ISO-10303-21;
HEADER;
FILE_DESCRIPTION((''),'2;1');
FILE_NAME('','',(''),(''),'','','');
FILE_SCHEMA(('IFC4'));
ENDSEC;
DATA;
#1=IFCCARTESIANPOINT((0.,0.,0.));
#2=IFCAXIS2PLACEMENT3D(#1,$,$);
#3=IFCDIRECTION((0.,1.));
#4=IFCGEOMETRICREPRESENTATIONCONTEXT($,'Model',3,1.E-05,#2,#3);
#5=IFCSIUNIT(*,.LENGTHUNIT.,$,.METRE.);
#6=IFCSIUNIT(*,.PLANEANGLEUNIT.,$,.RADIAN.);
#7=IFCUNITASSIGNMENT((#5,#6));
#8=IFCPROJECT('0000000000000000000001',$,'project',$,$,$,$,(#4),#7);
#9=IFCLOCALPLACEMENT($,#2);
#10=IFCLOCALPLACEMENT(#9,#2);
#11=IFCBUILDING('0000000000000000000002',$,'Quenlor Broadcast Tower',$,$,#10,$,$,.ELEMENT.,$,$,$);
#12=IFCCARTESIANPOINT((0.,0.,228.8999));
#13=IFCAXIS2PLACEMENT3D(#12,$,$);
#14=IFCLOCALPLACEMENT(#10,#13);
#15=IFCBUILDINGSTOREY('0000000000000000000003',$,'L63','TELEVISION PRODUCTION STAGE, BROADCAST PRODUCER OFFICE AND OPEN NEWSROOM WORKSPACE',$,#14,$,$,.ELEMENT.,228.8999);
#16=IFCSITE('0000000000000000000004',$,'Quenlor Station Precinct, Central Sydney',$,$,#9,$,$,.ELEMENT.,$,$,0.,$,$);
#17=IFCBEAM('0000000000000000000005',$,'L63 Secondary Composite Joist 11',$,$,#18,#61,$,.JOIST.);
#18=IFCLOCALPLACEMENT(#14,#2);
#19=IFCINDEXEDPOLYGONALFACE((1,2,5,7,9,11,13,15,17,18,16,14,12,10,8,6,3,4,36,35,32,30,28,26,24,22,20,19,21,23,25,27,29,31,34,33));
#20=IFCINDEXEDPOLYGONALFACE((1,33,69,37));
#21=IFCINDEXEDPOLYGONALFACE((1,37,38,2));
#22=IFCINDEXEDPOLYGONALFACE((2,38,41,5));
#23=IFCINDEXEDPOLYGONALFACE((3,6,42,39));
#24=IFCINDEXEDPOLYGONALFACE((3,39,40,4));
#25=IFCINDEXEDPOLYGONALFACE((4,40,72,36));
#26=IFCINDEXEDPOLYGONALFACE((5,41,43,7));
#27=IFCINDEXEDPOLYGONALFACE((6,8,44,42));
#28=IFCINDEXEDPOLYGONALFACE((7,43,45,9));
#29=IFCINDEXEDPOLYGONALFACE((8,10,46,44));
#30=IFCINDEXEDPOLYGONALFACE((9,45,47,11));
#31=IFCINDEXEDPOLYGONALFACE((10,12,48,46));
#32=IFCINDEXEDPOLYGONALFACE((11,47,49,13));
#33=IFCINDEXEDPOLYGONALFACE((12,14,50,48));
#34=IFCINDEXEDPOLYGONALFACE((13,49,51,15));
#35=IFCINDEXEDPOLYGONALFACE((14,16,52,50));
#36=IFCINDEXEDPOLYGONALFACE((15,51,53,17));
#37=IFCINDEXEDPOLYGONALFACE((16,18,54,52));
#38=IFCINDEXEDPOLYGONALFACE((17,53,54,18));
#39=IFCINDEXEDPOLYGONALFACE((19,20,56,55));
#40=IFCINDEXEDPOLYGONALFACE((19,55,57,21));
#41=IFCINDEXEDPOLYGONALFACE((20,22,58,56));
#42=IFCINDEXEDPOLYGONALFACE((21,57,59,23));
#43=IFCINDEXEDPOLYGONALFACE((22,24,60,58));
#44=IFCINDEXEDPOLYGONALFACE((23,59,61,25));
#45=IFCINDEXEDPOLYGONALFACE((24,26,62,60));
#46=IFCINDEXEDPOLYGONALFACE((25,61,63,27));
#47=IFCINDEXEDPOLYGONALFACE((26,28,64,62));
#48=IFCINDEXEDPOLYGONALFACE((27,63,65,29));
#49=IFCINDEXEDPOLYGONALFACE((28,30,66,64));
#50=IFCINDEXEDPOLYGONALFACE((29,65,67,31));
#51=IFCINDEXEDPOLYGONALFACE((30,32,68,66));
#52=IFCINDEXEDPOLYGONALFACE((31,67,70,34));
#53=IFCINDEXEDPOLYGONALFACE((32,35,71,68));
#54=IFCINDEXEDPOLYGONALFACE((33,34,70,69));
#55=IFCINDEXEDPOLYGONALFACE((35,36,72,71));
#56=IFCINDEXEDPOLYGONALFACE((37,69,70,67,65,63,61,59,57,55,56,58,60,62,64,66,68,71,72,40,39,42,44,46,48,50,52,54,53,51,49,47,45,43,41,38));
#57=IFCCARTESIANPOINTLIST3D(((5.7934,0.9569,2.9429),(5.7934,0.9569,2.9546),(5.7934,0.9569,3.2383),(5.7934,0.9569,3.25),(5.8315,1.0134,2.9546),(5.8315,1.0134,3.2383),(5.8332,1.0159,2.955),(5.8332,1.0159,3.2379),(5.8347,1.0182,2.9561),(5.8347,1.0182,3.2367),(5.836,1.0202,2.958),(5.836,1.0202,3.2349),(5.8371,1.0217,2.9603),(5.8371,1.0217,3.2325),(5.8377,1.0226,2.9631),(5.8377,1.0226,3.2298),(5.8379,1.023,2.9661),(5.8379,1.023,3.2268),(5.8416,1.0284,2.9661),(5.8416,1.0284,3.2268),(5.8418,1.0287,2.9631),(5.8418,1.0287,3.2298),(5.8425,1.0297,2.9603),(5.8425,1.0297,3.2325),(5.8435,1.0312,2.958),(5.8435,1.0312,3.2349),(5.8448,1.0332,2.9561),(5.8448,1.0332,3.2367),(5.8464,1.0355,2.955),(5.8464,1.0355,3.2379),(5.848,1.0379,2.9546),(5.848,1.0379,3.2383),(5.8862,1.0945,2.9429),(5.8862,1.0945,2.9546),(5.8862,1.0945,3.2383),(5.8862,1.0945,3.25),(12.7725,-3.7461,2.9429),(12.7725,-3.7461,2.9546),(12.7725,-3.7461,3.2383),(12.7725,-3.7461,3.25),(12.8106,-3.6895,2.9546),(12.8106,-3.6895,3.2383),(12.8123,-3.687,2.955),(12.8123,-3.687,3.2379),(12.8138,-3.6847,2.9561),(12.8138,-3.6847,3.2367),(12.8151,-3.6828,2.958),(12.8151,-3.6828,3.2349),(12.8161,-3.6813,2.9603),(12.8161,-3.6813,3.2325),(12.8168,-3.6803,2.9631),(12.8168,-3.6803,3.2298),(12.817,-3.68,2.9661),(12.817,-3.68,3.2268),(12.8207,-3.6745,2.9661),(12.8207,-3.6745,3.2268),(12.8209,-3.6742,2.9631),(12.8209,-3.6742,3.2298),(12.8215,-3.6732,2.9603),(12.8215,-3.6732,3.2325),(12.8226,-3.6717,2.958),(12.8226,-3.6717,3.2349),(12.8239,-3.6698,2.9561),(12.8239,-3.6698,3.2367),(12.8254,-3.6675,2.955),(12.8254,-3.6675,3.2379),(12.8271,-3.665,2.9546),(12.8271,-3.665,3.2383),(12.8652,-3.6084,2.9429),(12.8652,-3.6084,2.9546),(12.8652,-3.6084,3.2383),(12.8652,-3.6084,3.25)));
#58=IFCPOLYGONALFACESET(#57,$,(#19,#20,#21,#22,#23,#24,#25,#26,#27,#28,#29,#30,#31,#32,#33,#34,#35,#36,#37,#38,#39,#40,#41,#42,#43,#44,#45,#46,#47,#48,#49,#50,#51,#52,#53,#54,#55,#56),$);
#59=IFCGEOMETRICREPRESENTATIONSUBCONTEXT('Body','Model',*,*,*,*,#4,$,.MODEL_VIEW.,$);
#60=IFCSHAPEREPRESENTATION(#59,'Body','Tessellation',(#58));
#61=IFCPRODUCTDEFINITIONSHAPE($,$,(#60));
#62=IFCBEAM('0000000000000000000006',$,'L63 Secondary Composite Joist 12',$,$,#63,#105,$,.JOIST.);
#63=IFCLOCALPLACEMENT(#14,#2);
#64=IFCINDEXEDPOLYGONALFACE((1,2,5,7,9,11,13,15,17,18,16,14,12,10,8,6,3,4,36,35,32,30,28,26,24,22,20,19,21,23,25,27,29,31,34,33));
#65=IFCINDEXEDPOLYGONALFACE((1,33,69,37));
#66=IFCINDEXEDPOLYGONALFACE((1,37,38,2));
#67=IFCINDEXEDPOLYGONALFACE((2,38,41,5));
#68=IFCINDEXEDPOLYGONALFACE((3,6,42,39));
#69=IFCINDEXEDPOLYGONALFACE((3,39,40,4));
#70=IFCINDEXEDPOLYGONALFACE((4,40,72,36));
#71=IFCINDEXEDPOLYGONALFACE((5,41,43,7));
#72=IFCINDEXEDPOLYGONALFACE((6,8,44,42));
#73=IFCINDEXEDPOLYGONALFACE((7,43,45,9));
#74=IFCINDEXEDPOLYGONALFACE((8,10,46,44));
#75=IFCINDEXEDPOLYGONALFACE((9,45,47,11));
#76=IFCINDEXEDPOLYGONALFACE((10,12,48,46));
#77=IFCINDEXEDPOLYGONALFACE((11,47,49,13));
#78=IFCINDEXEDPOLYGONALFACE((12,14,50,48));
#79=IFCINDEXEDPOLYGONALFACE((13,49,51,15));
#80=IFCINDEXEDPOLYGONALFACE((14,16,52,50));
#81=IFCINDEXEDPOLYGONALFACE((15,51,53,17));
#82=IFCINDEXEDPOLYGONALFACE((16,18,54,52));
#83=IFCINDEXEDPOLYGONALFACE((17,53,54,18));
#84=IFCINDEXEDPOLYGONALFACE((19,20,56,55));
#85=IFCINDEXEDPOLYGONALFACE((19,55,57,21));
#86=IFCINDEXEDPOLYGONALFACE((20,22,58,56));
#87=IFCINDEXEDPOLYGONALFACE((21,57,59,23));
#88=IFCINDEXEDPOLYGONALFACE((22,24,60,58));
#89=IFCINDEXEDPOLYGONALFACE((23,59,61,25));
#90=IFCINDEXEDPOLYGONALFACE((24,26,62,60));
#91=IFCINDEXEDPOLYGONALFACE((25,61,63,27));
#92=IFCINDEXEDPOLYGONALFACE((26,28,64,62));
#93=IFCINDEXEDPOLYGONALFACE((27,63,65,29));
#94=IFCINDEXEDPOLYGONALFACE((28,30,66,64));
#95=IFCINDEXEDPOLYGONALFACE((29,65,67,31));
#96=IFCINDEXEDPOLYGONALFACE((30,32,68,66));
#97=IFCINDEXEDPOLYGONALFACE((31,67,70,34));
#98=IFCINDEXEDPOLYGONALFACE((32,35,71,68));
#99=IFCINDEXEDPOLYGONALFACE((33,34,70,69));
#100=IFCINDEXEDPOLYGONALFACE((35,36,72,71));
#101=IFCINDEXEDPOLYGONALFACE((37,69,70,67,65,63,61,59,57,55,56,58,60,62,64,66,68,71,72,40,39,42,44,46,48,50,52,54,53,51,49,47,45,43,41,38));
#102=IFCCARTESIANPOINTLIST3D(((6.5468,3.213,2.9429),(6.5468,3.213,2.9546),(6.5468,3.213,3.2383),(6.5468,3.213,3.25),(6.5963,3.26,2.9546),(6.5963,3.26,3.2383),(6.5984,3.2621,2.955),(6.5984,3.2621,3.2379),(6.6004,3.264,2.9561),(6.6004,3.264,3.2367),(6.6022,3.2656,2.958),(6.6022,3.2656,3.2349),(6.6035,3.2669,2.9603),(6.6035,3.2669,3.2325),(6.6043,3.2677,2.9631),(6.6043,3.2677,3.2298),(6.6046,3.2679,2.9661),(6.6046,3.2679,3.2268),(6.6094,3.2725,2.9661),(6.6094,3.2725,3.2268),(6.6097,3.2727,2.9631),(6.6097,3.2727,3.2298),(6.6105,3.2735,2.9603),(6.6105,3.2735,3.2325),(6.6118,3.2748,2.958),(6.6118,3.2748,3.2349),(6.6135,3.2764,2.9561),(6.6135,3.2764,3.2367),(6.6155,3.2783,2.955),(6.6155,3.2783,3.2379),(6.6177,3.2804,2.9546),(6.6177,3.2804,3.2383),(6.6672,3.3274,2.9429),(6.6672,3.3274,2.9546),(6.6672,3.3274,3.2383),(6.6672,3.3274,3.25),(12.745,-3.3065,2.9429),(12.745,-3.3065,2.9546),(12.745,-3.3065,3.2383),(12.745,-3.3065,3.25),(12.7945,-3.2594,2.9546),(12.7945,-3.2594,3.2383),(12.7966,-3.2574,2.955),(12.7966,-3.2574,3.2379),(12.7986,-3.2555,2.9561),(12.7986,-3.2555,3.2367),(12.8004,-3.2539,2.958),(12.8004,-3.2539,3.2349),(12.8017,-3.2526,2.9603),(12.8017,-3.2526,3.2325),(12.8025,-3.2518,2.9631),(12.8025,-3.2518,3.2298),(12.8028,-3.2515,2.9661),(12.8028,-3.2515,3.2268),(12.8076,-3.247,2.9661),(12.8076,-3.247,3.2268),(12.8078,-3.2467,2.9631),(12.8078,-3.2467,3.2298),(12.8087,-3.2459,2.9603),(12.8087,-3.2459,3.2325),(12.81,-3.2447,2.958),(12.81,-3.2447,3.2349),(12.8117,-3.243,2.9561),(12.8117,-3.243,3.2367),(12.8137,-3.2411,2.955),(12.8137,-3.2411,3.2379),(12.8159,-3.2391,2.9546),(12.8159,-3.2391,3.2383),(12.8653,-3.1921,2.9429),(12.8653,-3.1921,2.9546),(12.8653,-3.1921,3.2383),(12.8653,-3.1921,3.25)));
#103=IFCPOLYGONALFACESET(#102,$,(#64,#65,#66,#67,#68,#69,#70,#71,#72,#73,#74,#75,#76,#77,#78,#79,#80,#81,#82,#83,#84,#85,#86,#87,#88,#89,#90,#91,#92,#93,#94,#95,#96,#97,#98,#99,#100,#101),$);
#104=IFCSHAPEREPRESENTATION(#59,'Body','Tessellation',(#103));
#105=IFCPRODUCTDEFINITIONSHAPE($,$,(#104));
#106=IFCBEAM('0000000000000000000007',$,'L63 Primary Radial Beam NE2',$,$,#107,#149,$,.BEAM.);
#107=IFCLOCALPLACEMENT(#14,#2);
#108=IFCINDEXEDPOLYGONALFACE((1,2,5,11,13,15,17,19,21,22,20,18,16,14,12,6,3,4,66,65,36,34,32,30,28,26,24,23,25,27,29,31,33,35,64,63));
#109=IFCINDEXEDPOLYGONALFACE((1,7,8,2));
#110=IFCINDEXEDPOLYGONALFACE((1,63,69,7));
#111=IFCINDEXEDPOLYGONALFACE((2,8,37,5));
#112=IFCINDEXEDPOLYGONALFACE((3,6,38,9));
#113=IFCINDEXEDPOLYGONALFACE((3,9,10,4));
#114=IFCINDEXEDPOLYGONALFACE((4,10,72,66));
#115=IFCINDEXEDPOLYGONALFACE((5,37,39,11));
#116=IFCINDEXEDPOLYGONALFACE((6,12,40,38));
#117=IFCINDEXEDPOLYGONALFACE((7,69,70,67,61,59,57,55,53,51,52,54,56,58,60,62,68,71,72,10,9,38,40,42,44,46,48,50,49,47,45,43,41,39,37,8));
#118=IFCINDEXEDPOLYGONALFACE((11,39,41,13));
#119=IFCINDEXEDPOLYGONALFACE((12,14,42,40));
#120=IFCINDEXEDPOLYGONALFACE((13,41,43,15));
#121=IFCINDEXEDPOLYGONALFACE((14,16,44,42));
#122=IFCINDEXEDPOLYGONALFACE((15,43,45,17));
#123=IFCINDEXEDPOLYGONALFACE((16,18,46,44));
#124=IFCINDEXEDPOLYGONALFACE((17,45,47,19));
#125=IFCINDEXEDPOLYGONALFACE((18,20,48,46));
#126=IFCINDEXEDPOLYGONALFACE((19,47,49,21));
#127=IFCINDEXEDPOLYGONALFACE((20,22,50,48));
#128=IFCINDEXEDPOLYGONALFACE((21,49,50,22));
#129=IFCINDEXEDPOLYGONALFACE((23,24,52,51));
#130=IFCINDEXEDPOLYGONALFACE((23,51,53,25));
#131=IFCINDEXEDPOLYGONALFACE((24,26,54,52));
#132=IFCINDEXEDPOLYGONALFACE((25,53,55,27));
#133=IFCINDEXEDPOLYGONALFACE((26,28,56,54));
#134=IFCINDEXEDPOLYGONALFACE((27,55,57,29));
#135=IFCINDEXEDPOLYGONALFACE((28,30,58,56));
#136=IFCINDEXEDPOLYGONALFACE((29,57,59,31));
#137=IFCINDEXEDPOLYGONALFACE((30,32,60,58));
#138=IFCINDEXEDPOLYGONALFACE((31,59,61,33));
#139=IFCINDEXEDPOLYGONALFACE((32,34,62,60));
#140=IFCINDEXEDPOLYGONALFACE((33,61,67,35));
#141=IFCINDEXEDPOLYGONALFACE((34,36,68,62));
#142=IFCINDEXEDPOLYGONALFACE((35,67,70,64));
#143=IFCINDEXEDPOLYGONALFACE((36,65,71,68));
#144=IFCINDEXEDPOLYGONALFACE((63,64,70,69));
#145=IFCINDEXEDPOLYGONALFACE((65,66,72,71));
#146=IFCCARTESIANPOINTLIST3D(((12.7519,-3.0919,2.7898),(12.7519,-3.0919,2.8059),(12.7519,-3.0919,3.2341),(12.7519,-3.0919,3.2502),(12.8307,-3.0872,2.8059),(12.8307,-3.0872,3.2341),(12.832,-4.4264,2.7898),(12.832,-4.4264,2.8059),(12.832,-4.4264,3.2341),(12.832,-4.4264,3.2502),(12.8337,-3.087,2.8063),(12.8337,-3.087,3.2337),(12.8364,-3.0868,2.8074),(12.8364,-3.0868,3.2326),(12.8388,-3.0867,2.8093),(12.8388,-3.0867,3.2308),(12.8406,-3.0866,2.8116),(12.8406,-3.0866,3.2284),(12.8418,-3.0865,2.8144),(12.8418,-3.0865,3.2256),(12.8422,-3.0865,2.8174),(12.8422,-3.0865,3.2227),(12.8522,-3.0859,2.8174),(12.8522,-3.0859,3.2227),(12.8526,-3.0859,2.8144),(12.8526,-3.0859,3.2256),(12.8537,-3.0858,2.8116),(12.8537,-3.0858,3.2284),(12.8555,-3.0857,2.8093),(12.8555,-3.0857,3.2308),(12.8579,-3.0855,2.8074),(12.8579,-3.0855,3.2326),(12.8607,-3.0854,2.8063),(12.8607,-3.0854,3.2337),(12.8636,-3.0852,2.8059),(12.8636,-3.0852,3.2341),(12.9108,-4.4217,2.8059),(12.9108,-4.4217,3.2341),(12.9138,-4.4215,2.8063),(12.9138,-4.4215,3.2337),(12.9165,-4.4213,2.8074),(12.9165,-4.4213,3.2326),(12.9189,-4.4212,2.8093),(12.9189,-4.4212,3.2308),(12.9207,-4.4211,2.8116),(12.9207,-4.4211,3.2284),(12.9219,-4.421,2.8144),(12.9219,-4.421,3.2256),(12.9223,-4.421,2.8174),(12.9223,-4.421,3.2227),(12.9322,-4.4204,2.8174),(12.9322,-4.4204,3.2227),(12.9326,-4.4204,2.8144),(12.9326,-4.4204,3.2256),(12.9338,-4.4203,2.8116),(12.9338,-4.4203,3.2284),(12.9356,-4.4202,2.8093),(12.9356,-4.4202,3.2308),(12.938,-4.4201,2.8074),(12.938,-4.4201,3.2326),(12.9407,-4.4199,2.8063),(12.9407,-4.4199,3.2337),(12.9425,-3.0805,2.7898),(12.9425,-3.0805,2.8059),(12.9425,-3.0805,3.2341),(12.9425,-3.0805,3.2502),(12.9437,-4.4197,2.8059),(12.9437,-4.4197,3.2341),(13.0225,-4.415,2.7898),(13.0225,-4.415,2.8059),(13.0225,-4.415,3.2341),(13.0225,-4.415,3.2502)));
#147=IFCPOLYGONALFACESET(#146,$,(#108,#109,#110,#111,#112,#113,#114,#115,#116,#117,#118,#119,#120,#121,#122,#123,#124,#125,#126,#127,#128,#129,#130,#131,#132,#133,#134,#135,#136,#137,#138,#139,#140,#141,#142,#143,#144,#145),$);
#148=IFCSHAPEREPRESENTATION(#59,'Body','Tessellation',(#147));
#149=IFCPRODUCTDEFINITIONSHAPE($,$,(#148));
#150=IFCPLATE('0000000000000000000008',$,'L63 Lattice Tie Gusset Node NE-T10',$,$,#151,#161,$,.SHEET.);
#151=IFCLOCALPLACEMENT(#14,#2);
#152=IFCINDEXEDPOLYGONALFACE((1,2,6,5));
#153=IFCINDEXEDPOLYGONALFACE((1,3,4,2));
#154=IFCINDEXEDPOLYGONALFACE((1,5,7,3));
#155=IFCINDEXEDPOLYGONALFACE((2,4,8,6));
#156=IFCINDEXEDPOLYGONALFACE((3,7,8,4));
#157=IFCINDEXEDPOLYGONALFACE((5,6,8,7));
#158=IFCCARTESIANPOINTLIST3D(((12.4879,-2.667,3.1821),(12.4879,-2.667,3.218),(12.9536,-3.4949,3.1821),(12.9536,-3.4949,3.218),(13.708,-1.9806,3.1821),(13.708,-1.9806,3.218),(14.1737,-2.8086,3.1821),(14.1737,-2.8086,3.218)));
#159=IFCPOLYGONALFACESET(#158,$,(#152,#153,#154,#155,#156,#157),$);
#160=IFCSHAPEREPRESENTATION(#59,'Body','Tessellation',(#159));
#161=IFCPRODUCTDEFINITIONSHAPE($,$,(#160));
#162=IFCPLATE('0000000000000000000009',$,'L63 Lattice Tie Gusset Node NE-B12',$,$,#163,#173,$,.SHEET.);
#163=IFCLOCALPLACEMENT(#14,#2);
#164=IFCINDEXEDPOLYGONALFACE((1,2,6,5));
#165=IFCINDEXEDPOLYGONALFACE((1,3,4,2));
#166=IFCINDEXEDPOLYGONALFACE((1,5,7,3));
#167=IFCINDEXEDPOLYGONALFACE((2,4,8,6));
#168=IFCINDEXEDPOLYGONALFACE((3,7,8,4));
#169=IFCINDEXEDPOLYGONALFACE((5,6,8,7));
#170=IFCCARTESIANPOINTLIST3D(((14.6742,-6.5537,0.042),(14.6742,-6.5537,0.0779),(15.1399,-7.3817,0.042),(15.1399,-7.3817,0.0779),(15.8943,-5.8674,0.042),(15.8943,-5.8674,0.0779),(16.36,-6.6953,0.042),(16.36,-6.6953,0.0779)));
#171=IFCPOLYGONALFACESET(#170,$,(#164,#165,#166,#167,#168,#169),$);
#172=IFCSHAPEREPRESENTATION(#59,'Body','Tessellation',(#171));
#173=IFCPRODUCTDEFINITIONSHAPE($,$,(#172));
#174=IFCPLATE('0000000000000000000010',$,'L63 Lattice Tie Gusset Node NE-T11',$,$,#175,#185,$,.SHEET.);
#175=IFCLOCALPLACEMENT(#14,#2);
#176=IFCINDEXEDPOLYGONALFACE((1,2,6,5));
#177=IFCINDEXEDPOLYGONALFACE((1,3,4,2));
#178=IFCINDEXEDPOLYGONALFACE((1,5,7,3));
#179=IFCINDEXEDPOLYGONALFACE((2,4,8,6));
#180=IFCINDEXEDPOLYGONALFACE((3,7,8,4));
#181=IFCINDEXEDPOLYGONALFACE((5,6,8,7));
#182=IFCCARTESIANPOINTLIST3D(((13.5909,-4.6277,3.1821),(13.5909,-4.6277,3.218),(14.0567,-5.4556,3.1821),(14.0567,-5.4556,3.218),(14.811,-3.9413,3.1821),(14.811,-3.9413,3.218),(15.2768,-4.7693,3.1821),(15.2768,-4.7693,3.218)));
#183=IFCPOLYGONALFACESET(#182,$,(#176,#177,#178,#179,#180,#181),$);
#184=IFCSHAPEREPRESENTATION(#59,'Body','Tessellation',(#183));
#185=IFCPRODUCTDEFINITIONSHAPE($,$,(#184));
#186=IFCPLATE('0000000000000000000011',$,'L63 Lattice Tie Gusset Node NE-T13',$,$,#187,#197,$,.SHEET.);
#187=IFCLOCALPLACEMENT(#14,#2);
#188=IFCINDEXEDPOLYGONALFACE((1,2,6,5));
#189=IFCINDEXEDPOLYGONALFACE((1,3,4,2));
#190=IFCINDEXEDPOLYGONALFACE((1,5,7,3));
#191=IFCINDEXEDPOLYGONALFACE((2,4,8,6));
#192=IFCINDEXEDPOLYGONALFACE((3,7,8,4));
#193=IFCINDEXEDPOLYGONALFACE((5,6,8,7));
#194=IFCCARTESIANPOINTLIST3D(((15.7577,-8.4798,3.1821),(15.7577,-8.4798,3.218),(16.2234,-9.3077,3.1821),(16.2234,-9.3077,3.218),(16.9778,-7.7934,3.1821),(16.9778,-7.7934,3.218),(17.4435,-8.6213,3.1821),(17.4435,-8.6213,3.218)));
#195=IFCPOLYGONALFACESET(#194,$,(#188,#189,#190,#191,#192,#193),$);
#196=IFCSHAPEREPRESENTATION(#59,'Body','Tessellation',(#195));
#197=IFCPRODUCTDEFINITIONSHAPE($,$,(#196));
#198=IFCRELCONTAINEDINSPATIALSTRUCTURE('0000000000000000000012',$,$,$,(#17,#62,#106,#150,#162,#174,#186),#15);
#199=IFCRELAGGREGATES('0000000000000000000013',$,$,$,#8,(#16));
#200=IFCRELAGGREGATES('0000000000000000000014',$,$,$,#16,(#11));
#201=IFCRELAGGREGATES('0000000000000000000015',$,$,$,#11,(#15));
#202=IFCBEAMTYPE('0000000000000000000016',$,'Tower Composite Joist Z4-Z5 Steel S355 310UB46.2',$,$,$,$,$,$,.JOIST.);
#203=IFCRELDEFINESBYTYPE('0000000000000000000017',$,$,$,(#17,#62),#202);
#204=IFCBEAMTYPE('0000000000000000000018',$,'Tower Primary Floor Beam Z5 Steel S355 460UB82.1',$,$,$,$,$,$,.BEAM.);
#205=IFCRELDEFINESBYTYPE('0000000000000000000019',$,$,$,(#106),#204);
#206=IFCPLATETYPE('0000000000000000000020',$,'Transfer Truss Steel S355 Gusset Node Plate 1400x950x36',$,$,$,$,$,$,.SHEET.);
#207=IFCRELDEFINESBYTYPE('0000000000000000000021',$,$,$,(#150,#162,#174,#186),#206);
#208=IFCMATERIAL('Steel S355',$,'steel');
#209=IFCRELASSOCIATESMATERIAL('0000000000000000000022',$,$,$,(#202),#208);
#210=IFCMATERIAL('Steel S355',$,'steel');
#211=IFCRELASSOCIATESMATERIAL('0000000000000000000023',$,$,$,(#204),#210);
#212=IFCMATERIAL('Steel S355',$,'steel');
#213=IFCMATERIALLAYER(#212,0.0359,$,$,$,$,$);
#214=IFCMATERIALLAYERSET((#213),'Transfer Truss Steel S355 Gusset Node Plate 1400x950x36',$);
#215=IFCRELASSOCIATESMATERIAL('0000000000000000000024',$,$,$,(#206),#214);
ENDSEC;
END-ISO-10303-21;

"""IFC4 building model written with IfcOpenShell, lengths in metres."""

from ifc_helpers import new_model, si_unit, direction, frame, origin, origin_2d, place, context, subcontext, project, spatial, rectangle, i_section, extrude, material, layer, layer_set, material_profile, profile_set, type_object, element, save


model = new_model("IFC4")

# Units and contexts
model_context = context("Model", 3, precision=1e-05, world=origin(), true_north=direction((0.0, 1.0)))
body_context = subcontext(model_context, "Body", "Model", "MODEL_VIEW")
ifc_project = project(units=[si_unit("LENGTHUNIT", "METRE"), si_unit("PLANEANGLEUNIT", "RADIAN")], contexts=[model_context])

# Site, building, storey
site_placement = place(None, origin())
site = spatial("IfcSite", under=ifc_project, at=site_placement, Name="Quenlor Station Precinct, Central Sydney", CompositionType="ELEMENT", RefElevation=0.0)
building_placement = place(site_placement, origin())
building = spatial("IfcBuilding", under=site, at=building_placement, Name="Quenlor Broadcast Tower", CompositionType="ELEMENT")
storey_placement = place(building_placement, frame((0.0, 0.0, 228.8999)))
storey = spatial("IfcBuildingStorey", under=building, at=storey_placement, Name="L63", Description="TELEVISION PRODUCTION STAGE, BROADCAST PRODUCER OFFICE AND OPEN NEWSROOM WORKSPACE", CompositionType="ELEMENT", Elevation=228.8999)

# Beams
ifc_material_1 = material(Name="Steel S355", Category="steel")
ifc_material_profile_1 = material_profile(ifc_material_1, i_section(OverallWidth=0.166, OverallDepth=0.3071, WebThickness=0.0066, FlangeThickness=0.0117, FilletRadius=0.0115, at=origin_2d()))
ifc_profile_set_1 = profile_set([ifc_material_profile_1], Name="Steel S355 310UB46.2")
beam_type_1 = type_object("IfcBeamType", Name="Tower Composite Joist Z4-Z5 Steel S355 310UB46.2", PredefinedType="JOIST", material=ifc_profile_set_1)
beam_1_placement = place(storey_placement, frame((12.8188, -3.6772, 3.0964), z_axis=(-0.829286, 0.558824, 0.0), x_axis=(-0.558824, -0.829286, 0.0)))
element("IfcBeam", 1, at=beam_1_placement, inside=storey, type_object=beam_type_1, Name="L63 Secondary Composite Joist 11", PredefinedType="JOIST", context=body_context, shape_type="SweptSolid", body=[
    extrude(i_section(OverallWidth=0.166, OverallDepth=0.3071, WebThickness=0.0066, FlangeThickness=0.0117, FilletRadius=0.0115, at=origin_2d()), origin(), (0.0, 0.0, 1.0), 8.4158),
])
beam_2_placement = place(storey_placement, frame((12.8052, -3.2493, 3.0964), z_axis=(-0.689023, 0.724739, 0.0), x_axis=(-0.724739, -0.689023, 0.0)))
element("IfcBeam", 2, at=beam_2_placement, inside=storey, type_object=beam_type_1, Name="L63 Secondary Composite Joist 12", PredefinedType="JOIST", context=body_context, shape_type="SweptSolid", body=[
    extrude(i_section(OverallWidth=0.166, OverallDepth=0.3071, WebThickness=0.0066, FlangeThickness=0.0117, FilletRadius=0.0115, at=origin_2d()), origin(), (0.0, 0.0, 1.0), 8.9956),
])
ifc_material_2 = material(Name="Steel S355", Category="steel")
ifc_material_profile_2 = material_profile(ifc_material_2, i_section(OverallWidth=0.1909, OverallDepth=0.4604, WebThickness=0.01, FlangeThickness=0.0161, FilletRadius=0.0115, at=origin_2d()))
ifc_profile_set_2 = profile_set([ifc_material_profile_2], Name="Steel S355 460UB82.1")
beam_type_2 = type_object("IfcBeamType", Name="Tower Primary Floor Beam Z5 Steel S355 460UB82.1", PredefinedType="BEAM", material=ifc_profile_set_2)
beam_3_placement = place(storey_placement, frame((12.8472, -3.0862, 3.02), z_axis=(0.0599, -0.998204, 0.0), x_axis=(0.998204, 0.0599, 0.0)))
element("IfcBeam", 3, at=beam_3_placement, inside=storey, type_object=beam_type_2, Name="L63 Primary Radial Beam NE2", PredefinedType="BEAM", context=body_context, shape_type="SweptSolid", body=[
    extrude(i_section(OverallWidth=0.1909, OverallDepth=0.4604, WebThickness=0.01, FlangeThickness=0.0161, FilletRadius=0.0115, at=origin_2d()), origin(), (0.0, 0.0, 1.0), 1.3369),
])

# Plates
ifc_material_3 = material(Name="Steel S355", Category="steel")
ifc_layer_1 = layer(ifc_material_3, 0.0359)
ifc_layer_set_1 = layer_set([ifc_layer_1], Name="Transfer Truss Steel S355 Gusset Node Plate 1400x950x36")
plate_type = type_object("IfcPlateType", Name="Transfer Truss Steel S355 Gusset Node Plate 1400x950x36", PredefinedType="SHEET", material=ifc_layer_set_1)
for number, where, z_axis, x_axis, name in (
    (4, (13.3308, -2.7378, 3.1821), (0.0, 0.0, 1.0), (0.871556, 0.490295, 0.0), "L63 Lattice Tie Gusset Node NE-T10"),
    (5, (15.5171, -6.6245, 0.042), (0.0, 0.0, 1.0), (0.871556, 0.490295, 0.0), "L63 Lattice Tie Gusset Node NE-B12"),
    (6, (14.4338, -4.6985, 3.1821), (0.0, 0.0, 1.0), (0.871556, 0.490295, 0.0), "L63 Lattice Tie Gusset Node NE-T11"),
    (7, (16.6006, -8.5505, 3.1821), (0.0, 0.0, 1.0), (0.871556, 0.490295, 0.0), "L63 Lattice Tie Gusset Node NE-T13"),
):
    element("IfcPlate", number, at=place(storey_placement, frame(where, z_axis=z_axis, x_axis=x_axis)), inside=storey, type_object=plate_type, Name=name, PredefinedType="SHEET", context=body_context, shape_type="SweptSolid", body=[
        extrude(rectangle(XDim=1.3999, YDim=0.95, at=origin_2d()), origin(), (0.0, 0.0, 1.0), 0.0359),
    ])

save(model, "model.ifc")
